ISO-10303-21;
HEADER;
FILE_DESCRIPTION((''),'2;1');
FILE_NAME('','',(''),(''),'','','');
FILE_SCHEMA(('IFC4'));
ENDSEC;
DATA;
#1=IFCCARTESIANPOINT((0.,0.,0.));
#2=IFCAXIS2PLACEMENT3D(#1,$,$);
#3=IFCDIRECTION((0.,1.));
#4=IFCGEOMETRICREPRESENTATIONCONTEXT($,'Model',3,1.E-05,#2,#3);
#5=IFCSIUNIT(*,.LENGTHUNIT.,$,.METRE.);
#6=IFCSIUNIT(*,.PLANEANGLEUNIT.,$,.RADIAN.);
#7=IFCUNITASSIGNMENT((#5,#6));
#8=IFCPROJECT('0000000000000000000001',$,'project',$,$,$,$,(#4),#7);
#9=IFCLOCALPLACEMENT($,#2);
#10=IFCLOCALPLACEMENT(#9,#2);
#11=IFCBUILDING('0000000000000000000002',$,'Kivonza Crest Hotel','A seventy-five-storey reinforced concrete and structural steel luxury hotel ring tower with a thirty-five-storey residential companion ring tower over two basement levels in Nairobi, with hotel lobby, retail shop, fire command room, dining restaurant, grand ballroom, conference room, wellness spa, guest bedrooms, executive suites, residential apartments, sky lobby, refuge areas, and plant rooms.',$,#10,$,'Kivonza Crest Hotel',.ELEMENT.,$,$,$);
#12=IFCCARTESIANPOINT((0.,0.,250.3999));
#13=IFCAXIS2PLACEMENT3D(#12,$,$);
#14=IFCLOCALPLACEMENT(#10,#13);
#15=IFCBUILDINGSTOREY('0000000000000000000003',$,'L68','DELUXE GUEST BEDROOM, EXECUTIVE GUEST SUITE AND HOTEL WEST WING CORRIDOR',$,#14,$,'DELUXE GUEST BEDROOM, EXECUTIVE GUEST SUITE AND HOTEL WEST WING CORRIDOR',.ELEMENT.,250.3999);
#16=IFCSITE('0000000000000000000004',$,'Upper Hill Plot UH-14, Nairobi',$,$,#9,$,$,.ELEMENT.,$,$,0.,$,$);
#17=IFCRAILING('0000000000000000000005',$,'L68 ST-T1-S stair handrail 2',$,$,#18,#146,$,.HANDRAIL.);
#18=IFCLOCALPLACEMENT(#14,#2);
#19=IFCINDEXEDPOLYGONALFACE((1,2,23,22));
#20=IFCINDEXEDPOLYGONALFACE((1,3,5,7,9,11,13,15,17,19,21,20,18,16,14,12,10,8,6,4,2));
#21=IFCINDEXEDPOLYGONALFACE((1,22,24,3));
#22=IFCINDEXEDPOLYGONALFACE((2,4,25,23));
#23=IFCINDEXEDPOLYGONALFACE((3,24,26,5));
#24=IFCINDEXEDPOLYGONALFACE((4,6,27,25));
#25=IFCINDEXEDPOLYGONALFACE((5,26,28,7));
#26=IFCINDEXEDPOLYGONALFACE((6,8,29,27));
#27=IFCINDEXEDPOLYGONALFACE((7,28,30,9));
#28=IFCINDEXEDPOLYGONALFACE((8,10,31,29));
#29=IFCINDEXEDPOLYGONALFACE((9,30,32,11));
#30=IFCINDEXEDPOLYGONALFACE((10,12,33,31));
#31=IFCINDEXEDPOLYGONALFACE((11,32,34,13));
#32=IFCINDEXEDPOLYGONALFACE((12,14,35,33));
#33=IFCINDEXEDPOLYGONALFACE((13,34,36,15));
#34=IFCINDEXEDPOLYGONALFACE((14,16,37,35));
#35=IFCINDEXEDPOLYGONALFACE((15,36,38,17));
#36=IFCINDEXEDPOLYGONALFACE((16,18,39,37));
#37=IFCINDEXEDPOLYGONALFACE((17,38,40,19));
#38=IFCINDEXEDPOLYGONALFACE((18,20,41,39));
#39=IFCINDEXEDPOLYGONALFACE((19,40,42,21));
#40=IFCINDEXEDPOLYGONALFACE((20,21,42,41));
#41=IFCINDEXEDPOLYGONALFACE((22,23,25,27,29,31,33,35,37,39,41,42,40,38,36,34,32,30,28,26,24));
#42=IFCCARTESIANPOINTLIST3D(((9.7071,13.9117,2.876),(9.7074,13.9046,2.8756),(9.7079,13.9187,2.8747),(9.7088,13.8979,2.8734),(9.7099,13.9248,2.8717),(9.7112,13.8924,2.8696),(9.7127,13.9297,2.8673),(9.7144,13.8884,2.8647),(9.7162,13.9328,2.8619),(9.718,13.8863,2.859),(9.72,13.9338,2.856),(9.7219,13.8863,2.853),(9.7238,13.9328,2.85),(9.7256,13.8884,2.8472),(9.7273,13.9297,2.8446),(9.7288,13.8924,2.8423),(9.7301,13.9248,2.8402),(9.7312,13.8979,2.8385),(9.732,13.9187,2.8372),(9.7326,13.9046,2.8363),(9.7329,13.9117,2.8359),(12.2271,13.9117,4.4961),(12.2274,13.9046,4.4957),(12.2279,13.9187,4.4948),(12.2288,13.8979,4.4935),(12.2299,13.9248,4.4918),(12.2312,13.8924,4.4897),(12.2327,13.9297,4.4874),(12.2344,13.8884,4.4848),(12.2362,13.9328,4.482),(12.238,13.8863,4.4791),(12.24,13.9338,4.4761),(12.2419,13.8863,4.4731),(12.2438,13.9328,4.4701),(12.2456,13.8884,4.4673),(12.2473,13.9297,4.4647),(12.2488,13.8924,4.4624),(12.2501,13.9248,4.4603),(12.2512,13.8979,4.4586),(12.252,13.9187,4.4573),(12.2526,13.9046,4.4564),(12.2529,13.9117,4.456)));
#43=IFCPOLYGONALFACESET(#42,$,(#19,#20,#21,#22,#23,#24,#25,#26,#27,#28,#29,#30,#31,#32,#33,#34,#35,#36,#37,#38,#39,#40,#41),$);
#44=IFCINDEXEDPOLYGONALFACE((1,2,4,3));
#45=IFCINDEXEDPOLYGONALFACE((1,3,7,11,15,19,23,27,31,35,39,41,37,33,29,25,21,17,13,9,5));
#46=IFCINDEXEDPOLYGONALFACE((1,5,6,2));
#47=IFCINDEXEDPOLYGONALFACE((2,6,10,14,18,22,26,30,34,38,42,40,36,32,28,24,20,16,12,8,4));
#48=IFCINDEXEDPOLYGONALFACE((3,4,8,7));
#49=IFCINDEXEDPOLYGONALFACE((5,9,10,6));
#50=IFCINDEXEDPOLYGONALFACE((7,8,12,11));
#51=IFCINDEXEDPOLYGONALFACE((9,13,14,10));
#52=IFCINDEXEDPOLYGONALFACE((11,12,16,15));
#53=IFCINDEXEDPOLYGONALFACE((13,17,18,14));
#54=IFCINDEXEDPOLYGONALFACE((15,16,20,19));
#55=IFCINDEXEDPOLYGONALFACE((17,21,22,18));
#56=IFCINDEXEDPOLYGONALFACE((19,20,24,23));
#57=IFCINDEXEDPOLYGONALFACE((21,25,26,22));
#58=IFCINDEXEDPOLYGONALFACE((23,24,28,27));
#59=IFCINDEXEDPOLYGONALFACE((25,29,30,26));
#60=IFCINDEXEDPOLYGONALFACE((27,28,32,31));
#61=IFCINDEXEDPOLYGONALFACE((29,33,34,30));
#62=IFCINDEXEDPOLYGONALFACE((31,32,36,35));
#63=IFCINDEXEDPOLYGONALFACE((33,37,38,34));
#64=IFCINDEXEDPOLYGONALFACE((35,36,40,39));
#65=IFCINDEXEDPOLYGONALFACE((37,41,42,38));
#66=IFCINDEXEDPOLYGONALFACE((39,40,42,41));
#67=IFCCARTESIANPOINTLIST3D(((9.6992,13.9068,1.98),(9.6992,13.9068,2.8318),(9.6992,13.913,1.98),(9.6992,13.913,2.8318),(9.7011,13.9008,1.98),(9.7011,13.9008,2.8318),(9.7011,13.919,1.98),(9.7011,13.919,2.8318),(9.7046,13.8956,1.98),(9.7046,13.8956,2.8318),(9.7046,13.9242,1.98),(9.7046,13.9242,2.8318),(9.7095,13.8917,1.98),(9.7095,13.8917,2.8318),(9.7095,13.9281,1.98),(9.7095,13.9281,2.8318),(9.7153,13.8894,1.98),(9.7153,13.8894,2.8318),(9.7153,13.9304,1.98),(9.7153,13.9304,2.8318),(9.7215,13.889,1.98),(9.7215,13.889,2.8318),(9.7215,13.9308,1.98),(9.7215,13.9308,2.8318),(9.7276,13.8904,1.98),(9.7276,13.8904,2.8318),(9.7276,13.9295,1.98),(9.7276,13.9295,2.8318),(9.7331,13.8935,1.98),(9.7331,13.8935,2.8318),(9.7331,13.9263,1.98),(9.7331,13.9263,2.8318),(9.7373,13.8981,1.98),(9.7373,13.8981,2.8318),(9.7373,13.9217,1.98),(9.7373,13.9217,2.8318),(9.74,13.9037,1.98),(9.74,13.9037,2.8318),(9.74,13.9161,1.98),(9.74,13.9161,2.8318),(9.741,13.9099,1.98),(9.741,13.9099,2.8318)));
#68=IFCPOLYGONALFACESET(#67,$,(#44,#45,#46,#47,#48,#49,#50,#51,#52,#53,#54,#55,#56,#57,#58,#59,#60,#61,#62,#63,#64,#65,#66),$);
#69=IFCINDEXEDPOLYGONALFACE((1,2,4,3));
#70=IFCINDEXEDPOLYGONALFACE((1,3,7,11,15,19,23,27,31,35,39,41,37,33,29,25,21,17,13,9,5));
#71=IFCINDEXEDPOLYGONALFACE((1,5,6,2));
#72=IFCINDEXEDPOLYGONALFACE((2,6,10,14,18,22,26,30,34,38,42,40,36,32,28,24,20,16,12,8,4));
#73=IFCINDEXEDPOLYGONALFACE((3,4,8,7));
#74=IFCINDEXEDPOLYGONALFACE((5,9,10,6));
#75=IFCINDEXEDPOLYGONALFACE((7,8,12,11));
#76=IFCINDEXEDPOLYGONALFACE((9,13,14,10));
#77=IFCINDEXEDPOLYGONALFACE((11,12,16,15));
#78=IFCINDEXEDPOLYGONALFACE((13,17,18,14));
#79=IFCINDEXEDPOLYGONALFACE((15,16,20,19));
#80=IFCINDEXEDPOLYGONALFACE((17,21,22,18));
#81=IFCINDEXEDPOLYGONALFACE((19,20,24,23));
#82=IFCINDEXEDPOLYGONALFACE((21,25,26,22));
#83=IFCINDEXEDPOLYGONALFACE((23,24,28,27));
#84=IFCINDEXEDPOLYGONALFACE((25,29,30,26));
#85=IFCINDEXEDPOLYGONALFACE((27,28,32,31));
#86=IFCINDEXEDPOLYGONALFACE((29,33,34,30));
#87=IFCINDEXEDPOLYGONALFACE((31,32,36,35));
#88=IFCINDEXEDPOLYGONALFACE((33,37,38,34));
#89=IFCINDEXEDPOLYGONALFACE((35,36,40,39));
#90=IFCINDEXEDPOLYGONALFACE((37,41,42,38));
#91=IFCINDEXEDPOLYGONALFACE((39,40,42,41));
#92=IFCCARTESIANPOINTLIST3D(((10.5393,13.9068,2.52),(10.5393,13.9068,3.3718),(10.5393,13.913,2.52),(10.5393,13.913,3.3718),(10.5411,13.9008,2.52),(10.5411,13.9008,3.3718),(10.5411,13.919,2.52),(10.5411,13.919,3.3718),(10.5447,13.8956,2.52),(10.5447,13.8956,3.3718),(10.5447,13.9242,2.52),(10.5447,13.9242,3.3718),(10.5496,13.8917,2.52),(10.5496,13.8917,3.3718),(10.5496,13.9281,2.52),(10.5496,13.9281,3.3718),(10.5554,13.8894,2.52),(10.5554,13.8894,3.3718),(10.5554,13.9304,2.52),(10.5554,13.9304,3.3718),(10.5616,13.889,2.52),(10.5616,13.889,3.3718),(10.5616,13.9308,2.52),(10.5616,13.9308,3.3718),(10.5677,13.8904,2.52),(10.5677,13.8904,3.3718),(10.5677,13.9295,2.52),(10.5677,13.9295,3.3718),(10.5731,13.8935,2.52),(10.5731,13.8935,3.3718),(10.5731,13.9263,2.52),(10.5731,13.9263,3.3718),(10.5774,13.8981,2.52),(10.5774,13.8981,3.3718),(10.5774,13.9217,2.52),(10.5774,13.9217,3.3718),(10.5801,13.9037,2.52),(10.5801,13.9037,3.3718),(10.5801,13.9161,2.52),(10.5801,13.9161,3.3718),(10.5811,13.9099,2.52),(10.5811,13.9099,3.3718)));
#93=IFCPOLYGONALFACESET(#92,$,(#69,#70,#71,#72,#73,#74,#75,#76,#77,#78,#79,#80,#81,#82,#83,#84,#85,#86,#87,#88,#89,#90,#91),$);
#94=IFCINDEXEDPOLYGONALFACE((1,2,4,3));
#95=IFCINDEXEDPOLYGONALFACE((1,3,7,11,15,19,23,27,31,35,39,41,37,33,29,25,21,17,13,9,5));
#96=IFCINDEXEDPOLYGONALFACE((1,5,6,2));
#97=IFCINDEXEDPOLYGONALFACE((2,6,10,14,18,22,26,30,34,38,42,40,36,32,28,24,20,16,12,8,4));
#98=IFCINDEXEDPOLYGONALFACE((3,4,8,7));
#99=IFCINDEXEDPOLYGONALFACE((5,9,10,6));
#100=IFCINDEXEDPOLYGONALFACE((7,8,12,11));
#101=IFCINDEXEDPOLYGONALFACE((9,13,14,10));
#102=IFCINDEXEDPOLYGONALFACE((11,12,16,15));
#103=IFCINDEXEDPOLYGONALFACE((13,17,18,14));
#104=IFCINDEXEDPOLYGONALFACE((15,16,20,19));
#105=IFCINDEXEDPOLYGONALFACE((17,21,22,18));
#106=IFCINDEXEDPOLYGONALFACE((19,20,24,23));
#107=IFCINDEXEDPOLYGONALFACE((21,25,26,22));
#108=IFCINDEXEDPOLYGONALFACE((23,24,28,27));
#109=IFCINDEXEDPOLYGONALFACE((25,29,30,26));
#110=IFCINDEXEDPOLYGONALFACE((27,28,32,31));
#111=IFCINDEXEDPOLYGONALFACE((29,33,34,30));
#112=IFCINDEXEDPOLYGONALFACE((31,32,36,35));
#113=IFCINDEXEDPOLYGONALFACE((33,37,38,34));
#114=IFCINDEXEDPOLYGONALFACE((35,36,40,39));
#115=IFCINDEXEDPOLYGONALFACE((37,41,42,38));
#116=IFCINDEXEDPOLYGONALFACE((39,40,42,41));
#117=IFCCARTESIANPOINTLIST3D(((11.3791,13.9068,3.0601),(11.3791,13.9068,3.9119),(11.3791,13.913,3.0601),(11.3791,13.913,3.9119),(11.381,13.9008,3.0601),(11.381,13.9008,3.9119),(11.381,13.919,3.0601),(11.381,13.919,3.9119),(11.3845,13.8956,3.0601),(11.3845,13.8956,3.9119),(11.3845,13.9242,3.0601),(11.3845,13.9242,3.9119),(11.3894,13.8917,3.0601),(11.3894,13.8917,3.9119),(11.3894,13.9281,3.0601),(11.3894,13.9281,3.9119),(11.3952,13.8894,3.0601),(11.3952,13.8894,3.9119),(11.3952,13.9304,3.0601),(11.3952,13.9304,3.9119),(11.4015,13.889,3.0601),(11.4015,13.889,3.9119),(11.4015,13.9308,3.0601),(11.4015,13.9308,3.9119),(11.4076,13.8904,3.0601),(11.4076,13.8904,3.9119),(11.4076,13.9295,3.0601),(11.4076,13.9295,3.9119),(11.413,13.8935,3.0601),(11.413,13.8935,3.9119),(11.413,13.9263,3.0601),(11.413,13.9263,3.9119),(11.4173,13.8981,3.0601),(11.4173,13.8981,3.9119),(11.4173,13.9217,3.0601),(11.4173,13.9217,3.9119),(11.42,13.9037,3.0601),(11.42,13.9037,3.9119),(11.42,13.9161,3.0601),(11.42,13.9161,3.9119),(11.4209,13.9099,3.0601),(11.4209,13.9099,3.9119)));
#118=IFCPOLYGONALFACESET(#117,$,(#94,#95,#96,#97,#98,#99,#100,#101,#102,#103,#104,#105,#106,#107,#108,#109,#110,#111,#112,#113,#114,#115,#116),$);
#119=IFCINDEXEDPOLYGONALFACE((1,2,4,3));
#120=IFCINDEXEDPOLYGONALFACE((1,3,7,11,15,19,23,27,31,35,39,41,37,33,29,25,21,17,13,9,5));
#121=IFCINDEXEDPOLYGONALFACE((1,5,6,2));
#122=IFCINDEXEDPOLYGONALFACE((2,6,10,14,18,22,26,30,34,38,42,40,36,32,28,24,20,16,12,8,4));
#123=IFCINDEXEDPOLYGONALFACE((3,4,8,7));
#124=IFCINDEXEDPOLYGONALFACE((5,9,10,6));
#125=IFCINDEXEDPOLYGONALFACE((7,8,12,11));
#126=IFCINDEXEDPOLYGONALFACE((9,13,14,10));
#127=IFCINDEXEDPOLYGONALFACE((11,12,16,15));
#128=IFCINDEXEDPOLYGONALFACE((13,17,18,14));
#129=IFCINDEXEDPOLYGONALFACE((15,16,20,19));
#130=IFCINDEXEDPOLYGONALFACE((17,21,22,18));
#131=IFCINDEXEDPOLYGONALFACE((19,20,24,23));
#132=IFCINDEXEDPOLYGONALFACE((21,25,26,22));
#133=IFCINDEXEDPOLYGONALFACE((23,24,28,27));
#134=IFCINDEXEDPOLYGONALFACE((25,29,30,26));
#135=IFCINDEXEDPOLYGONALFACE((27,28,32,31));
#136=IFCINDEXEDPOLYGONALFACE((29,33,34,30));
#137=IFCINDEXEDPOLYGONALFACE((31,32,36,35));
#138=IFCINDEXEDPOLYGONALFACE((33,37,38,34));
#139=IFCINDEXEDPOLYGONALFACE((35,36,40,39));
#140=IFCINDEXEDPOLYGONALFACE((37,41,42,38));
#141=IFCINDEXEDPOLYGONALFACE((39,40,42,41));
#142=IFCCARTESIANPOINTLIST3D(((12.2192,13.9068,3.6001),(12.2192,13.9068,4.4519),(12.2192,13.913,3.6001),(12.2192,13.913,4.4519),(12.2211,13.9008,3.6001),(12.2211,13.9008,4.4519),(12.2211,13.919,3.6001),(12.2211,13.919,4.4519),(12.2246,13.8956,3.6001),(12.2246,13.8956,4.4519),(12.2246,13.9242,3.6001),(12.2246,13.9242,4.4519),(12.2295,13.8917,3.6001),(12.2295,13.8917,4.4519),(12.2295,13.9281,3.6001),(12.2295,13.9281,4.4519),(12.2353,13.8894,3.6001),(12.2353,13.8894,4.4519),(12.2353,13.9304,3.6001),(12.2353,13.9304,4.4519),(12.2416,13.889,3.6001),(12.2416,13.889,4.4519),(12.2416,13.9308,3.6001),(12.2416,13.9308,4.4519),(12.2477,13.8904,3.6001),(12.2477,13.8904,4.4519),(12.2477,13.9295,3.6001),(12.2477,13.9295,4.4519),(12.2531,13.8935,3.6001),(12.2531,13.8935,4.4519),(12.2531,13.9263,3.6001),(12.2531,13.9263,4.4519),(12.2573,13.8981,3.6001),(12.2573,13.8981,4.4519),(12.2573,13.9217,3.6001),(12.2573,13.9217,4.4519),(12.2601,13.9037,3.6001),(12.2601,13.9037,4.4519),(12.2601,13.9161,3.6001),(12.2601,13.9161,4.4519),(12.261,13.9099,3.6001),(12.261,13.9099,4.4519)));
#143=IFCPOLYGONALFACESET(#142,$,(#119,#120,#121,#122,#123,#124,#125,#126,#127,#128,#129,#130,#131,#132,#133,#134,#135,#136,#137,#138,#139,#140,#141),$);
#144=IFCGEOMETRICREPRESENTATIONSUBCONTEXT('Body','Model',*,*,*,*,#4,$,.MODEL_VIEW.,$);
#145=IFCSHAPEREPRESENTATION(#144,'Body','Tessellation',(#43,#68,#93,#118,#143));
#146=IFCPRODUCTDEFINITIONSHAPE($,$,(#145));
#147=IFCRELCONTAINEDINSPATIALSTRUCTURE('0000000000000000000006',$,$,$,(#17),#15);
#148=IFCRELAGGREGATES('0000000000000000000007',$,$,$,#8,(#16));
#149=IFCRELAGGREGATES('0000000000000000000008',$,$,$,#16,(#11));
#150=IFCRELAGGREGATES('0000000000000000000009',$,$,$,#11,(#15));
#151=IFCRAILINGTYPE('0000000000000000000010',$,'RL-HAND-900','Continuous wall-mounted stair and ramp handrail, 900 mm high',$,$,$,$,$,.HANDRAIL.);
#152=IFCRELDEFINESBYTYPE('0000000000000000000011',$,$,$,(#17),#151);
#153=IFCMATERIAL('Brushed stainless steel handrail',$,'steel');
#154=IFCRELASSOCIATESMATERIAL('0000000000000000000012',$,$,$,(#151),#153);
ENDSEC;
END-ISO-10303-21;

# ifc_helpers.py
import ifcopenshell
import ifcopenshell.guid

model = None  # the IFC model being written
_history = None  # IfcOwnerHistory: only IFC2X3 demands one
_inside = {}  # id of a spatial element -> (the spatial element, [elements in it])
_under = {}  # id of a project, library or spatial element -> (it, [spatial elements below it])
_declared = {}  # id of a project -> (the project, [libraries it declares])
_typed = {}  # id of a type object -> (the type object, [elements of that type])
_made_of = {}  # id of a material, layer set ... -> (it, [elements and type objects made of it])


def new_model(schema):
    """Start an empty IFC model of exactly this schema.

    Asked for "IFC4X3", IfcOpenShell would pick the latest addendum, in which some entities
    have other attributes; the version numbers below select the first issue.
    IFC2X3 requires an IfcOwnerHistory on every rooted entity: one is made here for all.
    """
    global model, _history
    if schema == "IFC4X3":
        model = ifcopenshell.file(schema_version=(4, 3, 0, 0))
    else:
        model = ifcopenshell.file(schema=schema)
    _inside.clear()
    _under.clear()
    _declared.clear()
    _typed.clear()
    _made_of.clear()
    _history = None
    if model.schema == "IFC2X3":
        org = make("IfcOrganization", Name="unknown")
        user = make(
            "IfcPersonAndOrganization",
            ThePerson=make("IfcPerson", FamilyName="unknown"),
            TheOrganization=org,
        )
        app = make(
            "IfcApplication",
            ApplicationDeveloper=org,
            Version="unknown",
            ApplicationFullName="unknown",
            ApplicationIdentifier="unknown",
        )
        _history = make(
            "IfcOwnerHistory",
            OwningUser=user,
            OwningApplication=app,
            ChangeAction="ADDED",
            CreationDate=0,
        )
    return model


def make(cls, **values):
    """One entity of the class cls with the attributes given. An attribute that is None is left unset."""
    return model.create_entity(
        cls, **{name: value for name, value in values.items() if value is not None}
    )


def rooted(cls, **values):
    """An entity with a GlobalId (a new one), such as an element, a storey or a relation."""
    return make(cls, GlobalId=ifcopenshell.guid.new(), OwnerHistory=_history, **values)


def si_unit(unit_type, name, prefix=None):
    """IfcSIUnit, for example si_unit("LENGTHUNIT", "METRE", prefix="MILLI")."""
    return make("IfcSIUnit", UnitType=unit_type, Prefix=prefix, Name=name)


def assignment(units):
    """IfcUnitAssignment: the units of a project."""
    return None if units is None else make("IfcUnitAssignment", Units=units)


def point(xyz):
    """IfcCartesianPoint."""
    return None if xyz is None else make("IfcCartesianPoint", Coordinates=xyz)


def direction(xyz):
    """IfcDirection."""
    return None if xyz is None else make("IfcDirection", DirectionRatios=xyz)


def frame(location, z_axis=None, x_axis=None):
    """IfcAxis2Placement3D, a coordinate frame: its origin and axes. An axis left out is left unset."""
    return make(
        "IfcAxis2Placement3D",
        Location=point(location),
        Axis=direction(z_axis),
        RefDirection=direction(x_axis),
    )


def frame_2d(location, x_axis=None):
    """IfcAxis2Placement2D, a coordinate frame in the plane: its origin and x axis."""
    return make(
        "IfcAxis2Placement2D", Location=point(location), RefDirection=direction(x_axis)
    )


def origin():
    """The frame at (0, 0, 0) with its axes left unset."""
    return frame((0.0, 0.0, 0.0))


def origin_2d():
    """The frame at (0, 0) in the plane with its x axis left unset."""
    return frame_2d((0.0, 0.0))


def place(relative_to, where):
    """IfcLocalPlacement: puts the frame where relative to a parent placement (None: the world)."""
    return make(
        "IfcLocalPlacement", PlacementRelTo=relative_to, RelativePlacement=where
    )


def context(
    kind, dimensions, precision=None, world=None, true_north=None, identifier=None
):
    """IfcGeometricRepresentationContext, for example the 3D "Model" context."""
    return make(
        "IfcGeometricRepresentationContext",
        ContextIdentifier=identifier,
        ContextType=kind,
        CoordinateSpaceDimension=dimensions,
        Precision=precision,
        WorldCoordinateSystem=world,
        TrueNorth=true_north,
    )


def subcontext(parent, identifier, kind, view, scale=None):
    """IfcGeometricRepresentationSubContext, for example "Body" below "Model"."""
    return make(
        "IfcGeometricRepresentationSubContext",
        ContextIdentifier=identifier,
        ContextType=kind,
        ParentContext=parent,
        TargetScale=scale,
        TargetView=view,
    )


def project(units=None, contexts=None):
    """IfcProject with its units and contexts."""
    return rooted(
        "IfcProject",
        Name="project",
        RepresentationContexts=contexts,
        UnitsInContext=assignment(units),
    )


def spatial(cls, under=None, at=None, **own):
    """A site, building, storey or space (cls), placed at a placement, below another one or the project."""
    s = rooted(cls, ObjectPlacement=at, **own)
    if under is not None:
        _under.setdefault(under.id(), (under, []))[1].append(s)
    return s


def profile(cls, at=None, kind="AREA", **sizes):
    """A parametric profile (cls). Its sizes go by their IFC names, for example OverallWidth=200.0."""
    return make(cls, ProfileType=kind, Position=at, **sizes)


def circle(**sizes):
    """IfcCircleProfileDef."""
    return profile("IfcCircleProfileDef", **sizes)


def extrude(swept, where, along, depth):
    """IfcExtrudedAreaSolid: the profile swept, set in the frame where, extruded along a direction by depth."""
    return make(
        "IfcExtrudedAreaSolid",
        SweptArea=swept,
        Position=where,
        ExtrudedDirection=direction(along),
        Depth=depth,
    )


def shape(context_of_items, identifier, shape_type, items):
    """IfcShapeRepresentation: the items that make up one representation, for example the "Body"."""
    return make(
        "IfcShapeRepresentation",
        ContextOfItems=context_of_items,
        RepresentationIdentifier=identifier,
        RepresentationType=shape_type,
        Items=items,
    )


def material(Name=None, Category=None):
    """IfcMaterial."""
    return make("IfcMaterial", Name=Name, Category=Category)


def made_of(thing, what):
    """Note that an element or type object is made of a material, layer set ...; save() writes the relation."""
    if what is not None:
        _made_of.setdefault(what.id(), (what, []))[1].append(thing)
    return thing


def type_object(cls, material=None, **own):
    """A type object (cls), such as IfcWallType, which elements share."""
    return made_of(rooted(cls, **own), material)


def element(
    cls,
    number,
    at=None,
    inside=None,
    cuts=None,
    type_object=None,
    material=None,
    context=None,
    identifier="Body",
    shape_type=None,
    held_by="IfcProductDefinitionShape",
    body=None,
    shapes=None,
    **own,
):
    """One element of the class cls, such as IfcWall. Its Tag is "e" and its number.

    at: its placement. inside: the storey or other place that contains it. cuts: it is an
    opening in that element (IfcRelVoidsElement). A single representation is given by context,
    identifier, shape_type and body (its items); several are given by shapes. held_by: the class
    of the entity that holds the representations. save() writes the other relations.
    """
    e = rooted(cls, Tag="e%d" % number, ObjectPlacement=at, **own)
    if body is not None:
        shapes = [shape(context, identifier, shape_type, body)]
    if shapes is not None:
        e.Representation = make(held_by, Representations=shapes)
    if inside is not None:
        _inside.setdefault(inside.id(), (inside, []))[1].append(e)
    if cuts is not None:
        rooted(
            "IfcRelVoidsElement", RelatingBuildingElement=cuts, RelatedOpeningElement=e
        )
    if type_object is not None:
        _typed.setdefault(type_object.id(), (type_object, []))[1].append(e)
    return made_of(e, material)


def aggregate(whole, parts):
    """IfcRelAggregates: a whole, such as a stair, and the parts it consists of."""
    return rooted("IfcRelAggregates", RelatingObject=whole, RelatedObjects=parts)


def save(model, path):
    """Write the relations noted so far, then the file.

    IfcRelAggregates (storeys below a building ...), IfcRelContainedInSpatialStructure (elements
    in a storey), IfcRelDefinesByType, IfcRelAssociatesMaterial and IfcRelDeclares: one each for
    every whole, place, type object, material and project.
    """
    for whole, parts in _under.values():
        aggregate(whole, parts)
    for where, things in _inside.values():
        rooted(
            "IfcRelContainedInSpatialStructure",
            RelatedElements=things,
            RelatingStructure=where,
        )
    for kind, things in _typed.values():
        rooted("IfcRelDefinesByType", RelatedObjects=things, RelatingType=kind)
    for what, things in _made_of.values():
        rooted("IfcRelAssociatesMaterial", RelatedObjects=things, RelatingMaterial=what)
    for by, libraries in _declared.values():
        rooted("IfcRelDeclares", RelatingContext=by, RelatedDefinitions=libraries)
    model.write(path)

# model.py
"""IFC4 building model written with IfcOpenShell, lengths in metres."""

from ifc_helpers import new_model, si_unit, direction, frame, origin, origin_2d, place, context, subcontext, project, spatial, circle, extrude, material, type_object, element, save


model = new_model("IFC4")

# Units and contexts
model_context = context("Model", 3, precision=1e-05, world=origin(), true_north=direction((0.0, 1.0)))
body_context = subcontext(model_context, "Body", "Model", "MODEL_VIEW")
ifc_project = project(units=[si_unit("LENGTHUNIT", "METRE"), si_unit("PLANEANGLEUNIT", "RADIAN")], contexts=[model_context])

# Site, building, storey
site_placement = place(None, origin())
site = spatial("IfcSite", under=ifc_project, at=site_placement, Name="Upper Hill Plot UH-14, Nairobi", CompositionType="ELEMENT", RefElevation=0.0)
building_placement = place(site_placement, origin())
building = spatial("IfcBuilding", under=site, at=building_placement, Name="Kivonza Crest Hotel", Description="A seventy-five-storey reinforced concrete and structural steel luxury hotel ring tower with a thirty-five-storey residential companion ring tower over two basement levels in Nairobi, with hotel lobby, retail shop, fire command room, dining restaurant, grand ballroom, conference room, wellness spa, guest bedrooms, executive suites, residential apartments, sky lobby, refuge areas, and plant rooms.", LongName="Kivonza Crest Hotel", CompositionType="ELEMENT")
storey_placement = place(building_placement, frame((0.0, 0.0, 250.3999)))
storey = spatial("IfcBuildingStorey", under=building, at=storey_placement, Name="L68", Description="DELUXE GUEST BEDROOM, EXECUTIVE GUEST SUITE AND HOTEL WEST WING CORRIDOR", LongName="DELUXE GUEST BEDROOM, EXECUTIVE GUEST SUITE AND HOTEL WEST WING CORRIDOR", CompositionType="ELEMENT", Elevation=250.3999)

# Railing
ifc_material_1 = material(Name="Brushed stainless steel handrail", Category="steel")
railing_type_1 = type_object("IfcRailingType", Name="RL-HAND-900", Description="Continuous wall-mounted stair and ramp handrail, 900 mm high", PredefinedType="HANDRAIL", material=ifc_material_1)
railing_1_placement = place(storey_placement, frame((9.72, 13.9099, 1.98)))
element("IfcRailing", 1, at=railing_1_placement, inside=storey, type_object=railing_type_1, Name="L68 ST-T1-S stair handrail 2", PredefinedType="HANDRAIL", context=body_context, shape_type="SweptSolid", body=[
    extrude(circle(Radius=0.0239, at=origin_2d()), frame((0.0, 0.0, 0.876), z_axis=(0.841163, 0.0, 0.540782), x_axis=(0.0, 1.0, 0.0)), (0.0, 0.0, 1.0), 2.9958),
    extrude(circle(Radius=0.021, at=origin_2d()), origin(), (0.0, 0.0, 1.0), 0.8518),
    extrude(circle(Radius=0.021, at=origin_2d()), frame((0.8401, 0.0, 0.54)), (0.0, 0.0, 1.0), 0.8518),
    extrude(circle(Radius=0.021, at=origin_2d()), frame((1.6799, 0.0, 1.0801)), (0.0, 0.0, 1.0), 0.8518),
    extrude(circle(Radius=0.021, at=origin_2d()), frame((2.52, 0.0, 1.6201)), (0.0, 0.0, 1.0), 0.8518),
])

save(model, "model.ifc")
